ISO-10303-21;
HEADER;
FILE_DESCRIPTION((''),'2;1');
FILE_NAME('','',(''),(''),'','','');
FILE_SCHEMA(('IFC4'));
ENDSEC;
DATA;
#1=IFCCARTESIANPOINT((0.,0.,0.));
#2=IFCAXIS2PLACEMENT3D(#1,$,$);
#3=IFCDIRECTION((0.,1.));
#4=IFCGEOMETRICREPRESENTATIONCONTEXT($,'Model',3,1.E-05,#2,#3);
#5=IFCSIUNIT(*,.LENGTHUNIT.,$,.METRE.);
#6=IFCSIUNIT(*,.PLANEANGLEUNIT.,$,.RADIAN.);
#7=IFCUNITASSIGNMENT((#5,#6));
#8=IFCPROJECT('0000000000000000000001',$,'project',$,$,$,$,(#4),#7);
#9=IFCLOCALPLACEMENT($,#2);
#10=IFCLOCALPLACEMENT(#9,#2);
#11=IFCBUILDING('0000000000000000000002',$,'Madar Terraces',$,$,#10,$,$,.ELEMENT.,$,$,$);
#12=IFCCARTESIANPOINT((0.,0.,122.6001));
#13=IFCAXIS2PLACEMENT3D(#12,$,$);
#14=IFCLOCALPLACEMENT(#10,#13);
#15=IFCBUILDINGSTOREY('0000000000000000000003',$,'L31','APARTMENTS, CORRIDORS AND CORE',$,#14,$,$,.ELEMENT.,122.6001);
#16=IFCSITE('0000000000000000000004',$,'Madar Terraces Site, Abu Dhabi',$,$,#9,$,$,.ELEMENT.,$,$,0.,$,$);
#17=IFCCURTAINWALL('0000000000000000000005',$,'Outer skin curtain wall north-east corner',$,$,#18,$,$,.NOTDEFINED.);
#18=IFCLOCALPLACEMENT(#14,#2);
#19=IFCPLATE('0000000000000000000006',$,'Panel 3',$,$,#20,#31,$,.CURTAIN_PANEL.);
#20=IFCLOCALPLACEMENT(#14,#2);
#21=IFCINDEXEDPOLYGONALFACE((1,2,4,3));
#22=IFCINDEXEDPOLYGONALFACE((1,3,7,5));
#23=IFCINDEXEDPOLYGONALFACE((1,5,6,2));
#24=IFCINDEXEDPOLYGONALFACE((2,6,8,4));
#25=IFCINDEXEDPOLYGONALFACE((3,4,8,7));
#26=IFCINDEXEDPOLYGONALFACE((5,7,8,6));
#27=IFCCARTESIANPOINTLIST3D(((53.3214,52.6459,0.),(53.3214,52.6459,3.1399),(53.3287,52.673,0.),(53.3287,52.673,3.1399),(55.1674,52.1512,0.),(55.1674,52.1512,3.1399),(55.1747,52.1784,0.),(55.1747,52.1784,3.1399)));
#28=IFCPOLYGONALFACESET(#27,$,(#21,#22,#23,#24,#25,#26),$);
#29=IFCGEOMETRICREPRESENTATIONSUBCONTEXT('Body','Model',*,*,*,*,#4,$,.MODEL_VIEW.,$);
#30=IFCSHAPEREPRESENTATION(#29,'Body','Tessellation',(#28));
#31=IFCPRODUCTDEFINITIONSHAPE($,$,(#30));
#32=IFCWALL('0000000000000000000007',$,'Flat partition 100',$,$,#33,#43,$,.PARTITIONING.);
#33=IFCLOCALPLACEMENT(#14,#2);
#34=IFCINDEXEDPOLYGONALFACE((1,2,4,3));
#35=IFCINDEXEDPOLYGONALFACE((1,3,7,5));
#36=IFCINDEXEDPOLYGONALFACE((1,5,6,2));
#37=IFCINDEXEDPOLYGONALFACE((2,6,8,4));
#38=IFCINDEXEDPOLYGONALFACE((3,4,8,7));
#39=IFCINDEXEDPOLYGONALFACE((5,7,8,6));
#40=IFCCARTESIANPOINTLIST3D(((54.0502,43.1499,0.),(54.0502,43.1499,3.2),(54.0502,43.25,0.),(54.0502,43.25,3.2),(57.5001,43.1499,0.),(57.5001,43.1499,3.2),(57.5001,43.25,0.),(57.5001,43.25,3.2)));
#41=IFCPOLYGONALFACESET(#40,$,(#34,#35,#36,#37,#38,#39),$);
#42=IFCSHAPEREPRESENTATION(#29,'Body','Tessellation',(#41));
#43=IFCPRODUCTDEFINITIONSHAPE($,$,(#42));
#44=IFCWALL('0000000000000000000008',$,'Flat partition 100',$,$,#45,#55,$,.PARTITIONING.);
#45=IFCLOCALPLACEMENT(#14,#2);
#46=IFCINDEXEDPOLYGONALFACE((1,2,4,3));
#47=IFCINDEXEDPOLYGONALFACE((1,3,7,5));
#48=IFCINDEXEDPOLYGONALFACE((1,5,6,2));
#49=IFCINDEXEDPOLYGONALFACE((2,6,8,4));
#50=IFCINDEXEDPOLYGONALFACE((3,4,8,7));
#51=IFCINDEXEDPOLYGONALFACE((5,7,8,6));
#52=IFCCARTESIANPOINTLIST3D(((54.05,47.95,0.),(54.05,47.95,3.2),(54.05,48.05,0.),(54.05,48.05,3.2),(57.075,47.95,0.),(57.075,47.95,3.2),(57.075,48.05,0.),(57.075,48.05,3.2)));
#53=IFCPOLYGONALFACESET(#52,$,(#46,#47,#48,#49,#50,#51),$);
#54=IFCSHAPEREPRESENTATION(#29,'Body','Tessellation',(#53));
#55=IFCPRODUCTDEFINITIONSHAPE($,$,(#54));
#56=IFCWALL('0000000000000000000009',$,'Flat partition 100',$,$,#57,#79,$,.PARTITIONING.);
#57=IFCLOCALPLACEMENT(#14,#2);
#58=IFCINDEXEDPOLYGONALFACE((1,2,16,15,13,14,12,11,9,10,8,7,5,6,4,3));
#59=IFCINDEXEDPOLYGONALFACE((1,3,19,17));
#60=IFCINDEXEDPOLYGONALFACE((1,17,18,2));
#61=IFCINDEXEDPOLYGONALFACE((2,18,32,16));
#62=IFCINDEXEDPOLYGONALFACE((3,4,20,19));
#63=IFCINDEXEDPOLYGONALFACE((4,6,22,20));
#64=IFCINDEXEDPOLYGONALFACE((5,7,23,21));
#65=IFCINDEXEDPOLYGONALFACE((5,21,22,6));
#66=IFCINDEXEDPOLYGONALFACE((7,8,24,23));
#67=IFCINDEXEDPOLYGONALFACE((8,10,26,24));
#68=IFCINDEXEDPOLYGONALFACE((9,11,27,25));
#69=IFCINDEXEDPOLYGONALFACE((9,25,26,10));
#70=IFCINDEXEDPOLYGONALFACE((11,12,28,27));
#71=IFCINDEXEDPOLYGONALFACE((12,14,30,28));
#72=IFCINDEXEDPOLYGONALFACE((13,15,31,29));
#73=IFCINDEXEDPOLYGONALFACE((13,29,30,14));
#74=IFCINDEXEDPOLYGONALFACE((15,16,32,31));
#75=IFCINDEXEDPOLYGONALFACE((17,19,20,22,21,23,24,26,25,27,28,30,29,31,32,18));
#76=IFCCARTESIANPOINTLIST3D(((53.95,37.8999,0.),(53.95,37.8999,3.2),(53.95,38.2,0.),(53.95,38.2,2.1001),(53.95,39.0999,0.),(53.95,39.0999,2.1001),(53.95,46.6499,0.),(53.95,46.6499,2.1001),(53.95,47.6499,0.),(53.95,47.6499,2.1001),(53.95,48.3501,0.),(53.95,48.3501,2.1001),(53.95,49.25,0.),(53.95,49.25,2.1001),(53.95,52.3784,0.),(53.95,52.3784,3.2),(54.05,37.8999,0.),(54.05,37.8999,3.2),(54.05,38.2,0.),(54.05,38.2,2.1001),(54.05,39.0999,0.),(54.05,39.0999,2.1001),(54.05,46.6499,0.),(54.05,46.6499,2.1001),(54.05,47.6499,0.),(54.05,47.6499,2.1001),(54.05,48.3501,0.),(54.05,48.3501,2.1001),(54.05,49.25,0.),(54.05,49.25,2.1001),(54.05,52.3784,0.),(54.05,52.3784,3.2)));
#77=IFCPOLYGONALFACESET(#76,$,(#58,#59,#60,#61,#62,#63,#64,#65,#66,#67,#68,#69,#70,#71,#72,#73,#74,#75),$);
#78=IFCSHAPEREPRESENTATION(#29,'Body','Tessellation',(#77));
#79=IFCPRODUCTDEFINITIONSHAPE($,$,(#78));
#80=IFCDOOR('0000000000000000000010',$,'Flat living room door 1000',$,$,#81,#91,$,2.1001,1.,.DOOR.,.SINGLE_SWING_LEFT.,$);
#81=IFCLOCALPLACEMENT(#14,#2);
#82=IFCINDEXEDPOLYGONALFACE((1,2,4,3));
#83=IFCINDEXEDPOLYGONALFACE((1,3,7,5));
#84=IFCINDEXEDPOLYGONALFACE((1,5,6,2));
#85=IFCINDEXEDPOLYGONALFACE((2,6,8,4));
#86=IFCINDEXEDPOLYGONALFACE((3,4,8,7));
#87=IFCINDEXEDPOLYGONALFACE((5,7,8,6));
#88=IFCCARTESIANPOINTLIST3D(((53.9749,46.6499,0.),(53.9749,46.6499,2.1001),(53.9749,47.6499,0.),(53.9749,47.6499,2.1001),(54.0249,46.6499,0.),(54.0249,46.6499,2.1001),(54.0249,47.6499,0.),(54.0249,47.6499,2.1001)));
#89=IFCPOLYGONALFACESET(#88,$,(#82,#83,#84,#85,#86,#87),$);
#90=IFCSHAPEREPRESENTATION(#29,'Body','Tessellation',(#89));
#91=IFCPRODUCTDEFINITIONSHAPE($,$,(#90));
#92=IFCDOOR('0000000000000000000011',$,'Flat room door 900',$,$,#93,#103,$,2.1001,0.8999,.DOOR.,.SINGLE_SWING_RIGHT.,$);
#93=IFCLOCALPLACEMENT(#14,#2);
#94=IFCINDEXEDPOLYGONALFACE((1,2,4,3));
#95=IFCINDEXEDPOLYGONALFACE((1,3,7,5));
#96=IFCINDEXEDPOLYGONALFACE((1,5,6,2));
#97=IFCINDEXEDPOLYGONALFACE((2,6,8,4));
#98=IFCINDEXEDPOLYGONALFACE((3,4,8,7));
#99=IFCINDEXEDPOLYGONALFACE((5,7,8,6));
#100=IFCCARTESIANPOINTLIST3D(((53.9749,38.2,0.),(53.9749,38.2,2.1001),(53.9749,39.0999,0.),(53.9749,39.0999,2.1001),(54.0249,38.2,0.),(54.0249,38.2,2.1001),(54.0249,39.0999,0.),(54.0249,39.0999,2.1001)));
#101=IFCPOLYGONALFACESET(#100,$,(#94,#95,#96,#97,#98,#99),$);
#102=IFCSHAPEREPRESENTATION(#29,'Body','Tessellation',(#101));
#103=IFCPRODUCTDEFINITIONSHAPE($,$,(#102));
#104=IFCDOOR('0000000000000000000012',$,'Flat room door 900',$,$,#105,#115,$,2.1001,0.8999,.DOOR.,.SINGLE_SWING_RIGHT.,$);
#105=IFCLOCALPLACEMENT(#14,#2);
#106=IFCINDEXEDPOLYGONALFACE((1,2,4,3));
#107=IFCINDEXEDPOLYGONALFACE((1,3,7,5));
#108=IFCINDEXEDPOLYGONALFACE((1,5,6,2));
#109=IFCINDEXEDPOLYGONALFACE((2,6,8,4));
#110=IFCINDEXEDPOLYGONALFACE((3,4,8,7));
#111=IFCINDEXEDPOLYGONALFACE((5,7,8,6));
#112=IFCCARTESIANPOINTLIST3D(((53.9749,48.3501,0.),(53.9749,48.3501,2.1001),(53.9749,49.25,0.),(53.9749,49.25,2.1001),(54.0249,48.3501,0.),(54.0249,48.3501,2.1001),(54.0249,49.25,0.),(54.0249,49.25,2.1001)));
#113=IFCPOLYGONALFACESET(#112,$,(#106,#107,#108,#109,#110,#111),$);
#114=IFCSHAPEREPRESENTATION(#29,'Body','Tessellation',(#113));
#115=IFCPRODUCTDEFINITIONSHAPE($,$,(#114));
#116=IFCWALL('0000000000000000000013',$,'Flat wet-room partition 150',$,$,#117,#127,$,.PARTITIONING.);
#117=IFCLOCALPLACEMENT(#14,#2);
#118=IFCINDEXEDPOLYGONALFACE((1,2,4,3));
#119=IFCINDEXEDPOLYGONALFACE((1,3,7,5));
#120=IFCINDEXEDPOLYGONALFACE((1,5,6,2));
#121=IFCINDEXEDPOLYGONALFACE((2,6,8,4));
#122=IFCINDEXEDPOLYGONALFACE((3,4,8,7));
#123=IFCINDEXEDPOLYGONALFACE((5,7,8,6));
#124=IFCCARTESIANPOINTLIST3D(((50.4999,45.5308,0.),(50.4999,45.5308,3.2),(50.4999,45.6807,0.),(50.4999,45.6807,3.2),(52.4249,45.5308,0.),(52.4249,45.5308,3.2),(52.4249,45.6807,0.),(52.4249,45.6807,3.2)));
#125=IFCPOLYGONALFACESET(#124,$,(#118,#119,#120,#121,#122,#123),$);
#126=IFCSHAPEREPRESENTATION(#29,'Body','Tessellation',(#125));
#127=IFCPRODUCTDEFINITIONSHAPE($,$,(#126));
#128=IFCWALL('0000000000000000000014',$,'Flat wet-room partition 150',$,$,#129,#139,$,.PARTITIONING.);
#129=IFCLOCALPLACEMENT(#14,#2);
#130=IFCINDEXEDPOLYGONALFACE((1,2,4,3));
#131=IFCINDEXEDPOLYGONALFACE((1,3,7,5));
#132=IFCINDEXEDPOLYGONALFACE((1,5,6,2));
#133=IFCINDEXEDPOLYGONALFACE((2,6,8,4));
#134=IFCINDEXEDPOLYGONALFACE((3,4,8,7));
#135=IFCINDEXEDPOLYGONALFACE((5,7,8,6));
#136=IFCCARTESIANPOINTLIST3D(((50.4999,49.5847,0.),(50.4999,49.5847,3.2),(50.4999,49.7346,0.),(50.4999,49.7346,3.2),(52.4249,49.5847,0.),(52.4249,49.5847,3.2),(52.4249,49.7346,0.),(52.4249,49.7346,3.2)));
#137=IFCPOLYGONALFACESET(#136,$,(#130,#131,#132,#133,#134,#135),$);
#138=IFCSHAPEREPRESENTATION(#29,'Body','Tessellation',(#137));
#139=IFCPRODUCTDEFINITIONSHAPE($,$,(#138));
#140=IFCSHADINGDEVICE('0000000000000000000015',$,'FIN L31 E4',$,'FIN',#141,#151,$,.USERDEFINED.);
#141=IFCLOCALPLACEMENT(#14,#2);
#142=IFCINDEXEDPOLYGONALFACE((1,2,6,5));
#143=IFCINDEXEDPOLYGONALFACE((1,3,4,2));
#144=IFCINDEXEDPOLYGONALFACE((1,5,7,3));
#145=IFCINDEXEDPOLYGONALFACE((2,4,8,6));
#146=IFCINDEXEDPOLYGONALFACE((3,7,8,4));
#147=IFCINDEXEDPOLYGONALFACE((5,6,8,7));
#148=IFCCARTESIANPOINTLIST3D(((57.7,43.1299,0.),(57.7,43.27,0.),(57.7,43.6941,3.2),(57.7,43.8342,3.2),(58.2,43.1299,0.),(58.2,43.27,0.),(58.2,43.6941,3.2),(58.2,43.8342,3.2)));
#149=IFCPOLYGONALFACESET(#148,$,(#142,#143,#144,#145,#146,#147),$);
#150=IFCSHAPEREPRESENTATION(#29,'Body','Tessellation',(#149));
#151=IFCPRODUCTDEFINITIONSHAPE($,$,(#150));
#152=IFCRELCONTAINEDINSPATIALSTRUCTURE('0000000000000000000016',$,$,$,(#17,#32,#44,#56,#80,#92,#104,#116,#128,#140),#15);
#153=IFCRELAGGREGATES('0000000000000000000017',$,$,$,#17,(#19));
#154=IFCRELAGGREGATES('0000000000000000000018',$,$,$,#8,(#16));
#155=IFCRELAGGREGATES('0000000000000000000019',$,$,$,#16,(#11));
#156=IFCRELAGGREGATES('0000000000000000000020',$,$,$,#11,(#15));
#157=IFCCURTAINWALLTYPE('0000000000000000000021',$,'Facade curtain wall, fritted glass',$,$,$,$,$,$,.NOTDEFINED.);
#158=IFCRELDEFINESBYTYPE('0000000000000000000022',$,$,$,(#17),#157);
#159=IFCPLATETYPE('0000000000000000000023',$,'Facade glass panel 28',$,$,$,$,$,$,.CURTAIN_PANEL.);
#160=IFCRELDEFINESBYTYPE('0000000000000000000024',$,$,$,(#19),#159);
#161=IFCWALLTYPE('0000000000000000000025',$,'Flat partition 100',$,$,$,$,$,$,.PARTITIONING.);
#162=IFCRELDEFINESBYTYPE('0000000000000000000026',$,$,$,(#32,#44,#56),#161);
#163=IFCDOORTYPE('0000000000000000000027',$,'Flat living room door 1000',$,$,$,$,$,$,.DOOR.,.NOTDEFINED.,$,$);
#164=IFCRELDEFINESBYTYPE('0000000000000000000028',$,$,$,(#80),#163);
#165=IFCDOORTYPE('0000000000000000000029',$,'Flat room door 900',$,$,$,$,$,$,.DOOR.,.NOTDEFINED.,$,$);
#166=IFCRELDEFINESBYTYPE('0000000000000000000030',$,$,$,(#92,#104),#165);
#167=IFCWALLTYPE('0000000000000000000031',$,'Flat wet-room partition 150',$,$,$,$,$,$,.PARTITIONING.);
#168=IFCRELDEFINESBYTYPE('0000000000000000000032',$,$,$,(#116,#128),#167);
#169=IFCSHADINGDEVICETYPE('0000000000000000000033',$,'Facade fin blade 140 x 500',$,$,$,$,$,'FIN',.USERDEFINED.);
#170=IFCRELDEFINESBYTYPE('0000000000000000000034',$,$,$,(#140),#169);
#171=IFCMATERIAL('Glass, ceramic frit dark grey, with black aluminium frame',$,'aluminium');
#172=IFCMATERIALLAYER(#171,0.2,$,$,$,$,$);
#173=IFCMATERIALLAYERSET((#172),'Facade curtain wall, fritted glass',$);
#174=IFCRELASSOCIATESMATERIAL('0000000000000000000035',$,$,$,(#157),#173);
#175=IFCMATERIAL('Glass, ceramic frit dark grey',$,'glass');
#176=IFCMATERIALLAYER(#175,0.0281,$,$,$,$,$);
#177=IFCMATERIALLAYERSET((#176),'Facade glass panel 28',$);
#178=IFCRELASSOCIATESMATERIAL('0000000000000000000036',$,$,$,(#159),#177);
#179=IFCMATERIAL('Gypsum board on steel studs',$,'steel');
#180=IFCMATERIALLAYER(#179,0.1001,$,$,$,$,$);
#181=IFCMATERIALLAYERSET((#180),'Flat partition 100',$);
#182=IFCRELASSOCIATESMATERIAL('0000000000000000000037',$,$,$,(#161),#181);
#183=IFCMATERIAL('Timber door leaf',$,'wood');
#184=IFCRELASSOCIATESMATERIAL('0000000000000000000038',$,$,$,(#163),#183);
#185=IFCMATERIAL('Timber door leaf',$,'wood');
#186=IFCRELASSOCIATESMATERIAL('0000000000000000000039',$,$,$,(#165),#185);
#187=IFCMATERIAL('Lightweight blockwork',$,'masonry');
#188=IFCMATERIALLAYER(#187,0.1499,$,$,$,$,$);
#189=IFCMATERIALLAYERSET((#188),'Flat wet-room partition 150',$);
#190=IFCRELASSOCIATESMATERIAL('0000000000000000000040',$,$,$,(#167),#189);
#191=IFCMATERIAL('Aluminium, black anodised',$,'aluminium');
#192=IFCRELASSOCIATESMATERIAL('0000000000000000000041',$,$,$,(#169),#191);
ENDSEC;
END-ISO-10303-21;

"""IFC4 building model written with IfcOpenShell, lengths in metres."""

from ifc_helpers import new_model, si_unit, direction, frame, frame_2d, origin, origin_2d, place, context, subcontext, project, spatial, polyline, rectangle, outline, extrude, material, layer, layer_set, type_object, element, fill, aggregate, save


model = new_model("IFC4")

# Units and contexts
model_context = context("Model", 3, precision=1e-05, world=origin(), true_north=direction((0.0, 1.0)))
body_context = subcontext(model_context, "Body", "Model", "MODEL_VIEW")
ifc_project = project(units=[si_unit("LENGTHUNIT", "METRE"), si_unit("PLANEANGLEUNIT", "RADIAN")], contexts=[model_context])

# Site, building, storey
site_placement = place(None, origin())
site = spatial("IfcSite", under=ifc_project, at=site_placement, Name="Madar Terraces Site, Abu Dhabi", CompositionType="ELEMENT", RefElevation=0.0)
building_placement = place(site_placement, origin())
building = spatial("IfcBuilding", under=site, at=building_placement, Name="Madar Terraces", CompositionType="ELEMENT")
storey_placement = place(building_placement, frame((0.0, 0.0, 122.6001)))
storey = spatial("IfcBuildingStorey", under=building, at=storey_placement, Name="L31", Description="APARTMENTS, CORRIDORS AND CORE", CompositionType="ELEMENT", Elevation=122.6001)

# Shared definitions
ifc_material_1 = material(Name="Glass, ceramic frit dark grey, with black aluminium frame", Category="aluminium")
ifc_layer_1 = layer(ifc_material_1, 0.2)
ifc_layer_set_1 = layer_set([ifc_layer_1], Name="Facade curtain wall, fritted glass")
curtain_wall_type = type_object("IfcCurtainWallType", Name="Facade curtain wall, fritted glass", PredefinedType="NOTDEFINED", material=ifc_layer_set_1)

# Curtain wall
curtain_wall_1_placement = place(storey_placement, origin())
curtain_wall_1 = element("IfcCurtainWall", 1, at=curtain_wall_1_placement, inside=storey, type_object=curtain_wall_type, Name="Outer skin curtain wall north-east corner", PredefinedType="NOTDEFINED")

# Plate
ifc_material_2 = material(Name="Glass, ceramic frit dark grey", Category="glass")
ifc_layer_2 = layer(ifc_material_2, 0.0281)
ifc_layer_set_2 = layer_set([ifc_layer_2], Name="Facade glass panel 28")
plate_type = type_object("IfcPlateType", Name="Facade glass panel 28", PredefinedType="CURTAIN_PANEL", material=ifc_layer_set_2)
plate_1_placement = place(storey_placement, frame((54.248, 52.4121, 0.0), z_axis=(0.0, 0.0, 1.0), x_axis=(-0.965926, 0.258819, 0.0)))
plate_1 = element("IfcPlate", 2, at=plate_1_placement, type_object=plate_type, Name="Panel 3", PredefinedType="CURTAIN_PANEL", context=body_context, shape_type="SweptSolid", body=[
    extrude(rectangle(XDim=1.9111, YDim=0.0281, at=origin_2d()), origin(), (0.0, 0.0, 1.0), 3.1399),
])
aggregate(curtain_wall_1, [plate_1])

# Walls
ifc_material_3 = material(Name="Gypsum board on steel studs", Category="steel")
ifc_layer_3 = layer(ifc_material_3, 0.1001)
ifc_layer_set_3 = layer_set([ifc_layer_3], Name="Flat partition 100")
wall_type_1 = type_object("IfcWallType", Name="Flat partition 100", PredefinedType="PARTITIONING", material=ifc_layer_set_3)
wall_1_placement = place(storey_placement, frame((54.05, 43.2, 0.0), z_axis=(0.0, 0.0, 1.0), x_axis=(1.0, 0.0, 0.0)))
element("IfcWall", 3, at=wall_1_placement, inside=storey, type_object=wall_type_1, Name="Flat partition 100", PredefinedType="PARTITIONING", context=body_context, shape_type="SweptSolid", body=[
    extrude(rectangle(XDim=3.45, YDim=0.1001, at=frame_2d((1.7251, 0.0))), origin(), (0.0, 0.0, 1.0), 3.2),
])
wall_2_placement = place(storey_placement, frame((54.05, 48.0, 0.0), z_axis=(0.0, 0.0, 1.0), x_axis=(1.0, 0.0, 0.0)))
element("IfcWall", 4, at=wall_2_placement, inside=storey, type_object=wall_type_1, Name="Flat partition 100", PredefinedType="PARTITIONING", context=body_context, shape_type="SweptSolid", body=[
    extrude(rectangle(XDim=3.0249, YDim=0.1001, at=frame_2d((1.5125, 0.0))), origin(), (0.0, 0.0, 1.0), 3.2),
])

# Wall, openings, doors
wall_3_placement = place(storey_placement, frame((54.0, 52.3784, 0.0), z_axis=(0.0, 0.0, 1.0), x_axis=(0.0, -1.0, 0.0)))
wall_3 = element("IfcWall", 5, at=wall_3_placement, inside=storey, type_object=wall_type_1, Name="Flat partition 100", PredefinedType="PARTITIONING", context=body_context, shape_type="SweptSolid", body=[
    extrude(rectangle(XDim=14.4785, YDim=0.1001, at=frame_2d((7.2393, 0.0))), origin(), (0.0, 0.0, 1.0), 3.2),
])
opening_1_placement = place(wall_3_placement, frame((13.2786, 0.0, 0.0)))
opening_1 = element("IfcOpeningElement", 6, at=opening_1_placement, cuts=wall_3, PredefinedType="OPENING", context=body_context, shape_type="SweptSolid", body=[
    extrude(rectangle(XDim=0.8999, YDim=2.1001, at=frame_2d((0.45, 1.05))), frame((0.0, 0.0601, 0.0), z_axis=(0.0, -1.0, 0.0), x_axis=(1.0, 0.0, 0.0)), (0.0, 0.0, 1.0), 0.1201),
])
opening_2_placement = place(wall_3_placement, frame((4.7285, 0.0, 0.0)))
opening_2 = element("IfcOpeningElement", 7, at=opening_2_placement, cuts=wall_3, PredefinedType="OPENING", context=body_context, shape_type="SweptSolid", body=[
    extrude(rectangle(XDim=1.0, YDim=2.1001, at=frame_2d((0.5, 1.05))), frame((0.0, 0.0601, 0.0), z_axis=(0.0, -1.0, 0.0), x_axis=(1.0, 0.0, 0.0)), (0.0, 0.0, 1.0), 0.1201),
])
opening_3_placement = place(wall_3_placement, frame((3.1284, 0.0, 0.0)))
opening_3 = element("IfcOpeningElement", 8, at=opening_3_placement, cuts=wall_3, PredefinedType="OPENING", context=body_context, shape_type="SweptSolid", body=[
    extrude(rectangle(XDim=0.8999, YDim=2.1001, at=frame_2d((0.45, 1.05))), frame((0.0, 0.0601, 0.0), z_axis=(0.0, -1.0, 0.0), x_axis=(1.0, 0.0, 0.0)), (0.0, 0.0, 1.0), 0.1201),
])
ifc_material_4 = material(Name="Timber door leaf", Category="wood")
door_type_1 = type_object("IfcDoorType", Name="Flat living room door 1000", OperationType="NOTDEFINED", PredefinedType="DOOR", material=ifc_material_4)
door_1_placement = place(opening_2_placement, origin())
door_1 = element("IfcDoor", 9, at=door_1_placement, inside=storey, type_object=door_type_1, Name="Flat living room door 1000", OperationType="SINGLE_SWING_LEFT", OverallHeight=2.1001, OverallWidth=1.0, PredefinedType="DOOR", context=body_context, shape_type="SweptSolid", body=[
    extrude(rectangle(XDim=1.0, YDim=2.1001, at=frame_2d((0.5, 1.05))), frame((0.0, 0.0249, 0.0), z_axis=(0.0, -1.0, 0.0), x_axis=(1.0, 0.0, 0.0)), (0.0, 0.0, 1.0), 0.05),
])
fill(opening_2, door_1)
ifc_material_5 = material(Name="Timber door leaf", Category="wood")
door_type_2 = type_object("IfcDoorType", Name="Flat room door 900", OperationType="NOTDEFINED", PredefinedType="DOOR", material=ifc_material_5)
door_2_placement = place(opening_1_placement, origin())
door_2 = element("IfcDoor", 10, at=door_2_placement, inside=storey, type_object=door_type_2, Name="Flat room door 900", OperationType="SINGLE_SWING_RIGHT", OverallHeight=2.1001, OverallWidth=0.8999, PredefinedType="DOOR", context=body_context, shape_type="SweptSolid", body=[
    extrude(rectangle(XDim=0.8999, YDim=2.1001, at=frame_2d((0.45, 1.05))), frame((0.0, 0.0249, 0.0), z_axis=(0.0, -1.0, 0.0), x_axis=(1.0, 0.0, 0.0)), (0.0, 0.0, 1.0), 0.05),
])
fill(opening_1, door_2)
door_3_placement = place(opening_3_placement, origin())
door_3 = element("IfcDoor", 11, at=door_3_placement, inside=storey, type_object=door_type_2, Name="Flat room door 900", OperationType="SINGLE_SWING_RIGHT", OverallHeight=2.1001, OverallWidth=0.8999, PredefinedType="DOOR", context=body_context, shape_type="SweptSolid", body=[
    extrude(rectangle(XDim=0.8999, YDim=2.1001, at=frame_2d((0.45, 1.05))), frame((0.0, 0.0249, 0.0), z_axis=(0.0, -1.0, 0.0), x_axis=(1.0, 0.0, 0.0)), (0.0, 0.0, 1.0), 0.05),
])
fill(opening_3, door_3)

# Walls
ifc_material_6 = material(Name="Lightweight blockwork", Category="masonry")
ifc_layer_4 = layer(ifc_material_6, 0.1499)
ifc_layer_set_4 = layer_set([ifc_layer_4], Name="Flat wet-room partition 150")
wall_type_2 = type_object("IfcWallType", Name="Flat wet-room partition 150", PredefinedType="PARTITIONING", material=ifc_layer_set_4)
for number, where, z_axis, x_axis, name in (
    (12, (50.5, 45.6057, 0.0), (0.0, 0.0, 1.0), (1.0, 0.0, 0.0), "Flat wet-room partition 150"),
    (13, (50.5, 49.6597, 0.0), (0.0, 0.0, 1.0), (1.0, 0.0, 0.0), "Flat wet-room partition 150"),
):
    element("IfcWall", number, at=place(storey_placement, frame(where, z_axis=z_axis, x_axis=x_axis)), inside=storey, type_object=wall_type_2, Name=name, PredefinedType="PARTITIONING", context=body_context, shape_type="SweptSolid", body=[
        extrude(rectangle(XDim=1.925, YDim=0.1499, at=frame_2d((0.9624, 0.0))), origin(), (0.0, 0.0, 1.0), 3.2),
    ])

# Shading device
ifc_material_7 = material(Name="Aluminium, black anodised", Category="aluminium")
shading_device_type = type_object("IfcShadingDeviceType", Name="Facade fin blade 140 x 500", ElementType="FIN", PredefinedType="USERDEFINED", material=ifc_material_7)
shading_device_placement = place(storey_placement, frame((57.95, 43.1299, 0.0), z_axis=(0.0, 0.0, 1.0), x_axis=(0.0, 1.0, 0.0)))
element("IfcShadingDevice", 14, at=shading_device_placement, inside=storey, type_object=shading_device_type, Name="FIN L31 E4", ObjectType="FIN", PredefinedType="USERDEFINED", context=body_context, shape_type="SweptSolid", body=[
    extrude(outline(polyline([(0.0, 0.0), (0.1401, 0.0), (0.7043, 3.2), (0.5642, 3.2), (0.0, 0.0)])), frame((0.0, 0.25, 0.0), z_axis=(0.0, -1.0, 0.0), x_axis=(1.0, 0.0, 0.0)), (0.0, 0.0, 1.0), 0.5),
])

save(model, "model.ifc")
